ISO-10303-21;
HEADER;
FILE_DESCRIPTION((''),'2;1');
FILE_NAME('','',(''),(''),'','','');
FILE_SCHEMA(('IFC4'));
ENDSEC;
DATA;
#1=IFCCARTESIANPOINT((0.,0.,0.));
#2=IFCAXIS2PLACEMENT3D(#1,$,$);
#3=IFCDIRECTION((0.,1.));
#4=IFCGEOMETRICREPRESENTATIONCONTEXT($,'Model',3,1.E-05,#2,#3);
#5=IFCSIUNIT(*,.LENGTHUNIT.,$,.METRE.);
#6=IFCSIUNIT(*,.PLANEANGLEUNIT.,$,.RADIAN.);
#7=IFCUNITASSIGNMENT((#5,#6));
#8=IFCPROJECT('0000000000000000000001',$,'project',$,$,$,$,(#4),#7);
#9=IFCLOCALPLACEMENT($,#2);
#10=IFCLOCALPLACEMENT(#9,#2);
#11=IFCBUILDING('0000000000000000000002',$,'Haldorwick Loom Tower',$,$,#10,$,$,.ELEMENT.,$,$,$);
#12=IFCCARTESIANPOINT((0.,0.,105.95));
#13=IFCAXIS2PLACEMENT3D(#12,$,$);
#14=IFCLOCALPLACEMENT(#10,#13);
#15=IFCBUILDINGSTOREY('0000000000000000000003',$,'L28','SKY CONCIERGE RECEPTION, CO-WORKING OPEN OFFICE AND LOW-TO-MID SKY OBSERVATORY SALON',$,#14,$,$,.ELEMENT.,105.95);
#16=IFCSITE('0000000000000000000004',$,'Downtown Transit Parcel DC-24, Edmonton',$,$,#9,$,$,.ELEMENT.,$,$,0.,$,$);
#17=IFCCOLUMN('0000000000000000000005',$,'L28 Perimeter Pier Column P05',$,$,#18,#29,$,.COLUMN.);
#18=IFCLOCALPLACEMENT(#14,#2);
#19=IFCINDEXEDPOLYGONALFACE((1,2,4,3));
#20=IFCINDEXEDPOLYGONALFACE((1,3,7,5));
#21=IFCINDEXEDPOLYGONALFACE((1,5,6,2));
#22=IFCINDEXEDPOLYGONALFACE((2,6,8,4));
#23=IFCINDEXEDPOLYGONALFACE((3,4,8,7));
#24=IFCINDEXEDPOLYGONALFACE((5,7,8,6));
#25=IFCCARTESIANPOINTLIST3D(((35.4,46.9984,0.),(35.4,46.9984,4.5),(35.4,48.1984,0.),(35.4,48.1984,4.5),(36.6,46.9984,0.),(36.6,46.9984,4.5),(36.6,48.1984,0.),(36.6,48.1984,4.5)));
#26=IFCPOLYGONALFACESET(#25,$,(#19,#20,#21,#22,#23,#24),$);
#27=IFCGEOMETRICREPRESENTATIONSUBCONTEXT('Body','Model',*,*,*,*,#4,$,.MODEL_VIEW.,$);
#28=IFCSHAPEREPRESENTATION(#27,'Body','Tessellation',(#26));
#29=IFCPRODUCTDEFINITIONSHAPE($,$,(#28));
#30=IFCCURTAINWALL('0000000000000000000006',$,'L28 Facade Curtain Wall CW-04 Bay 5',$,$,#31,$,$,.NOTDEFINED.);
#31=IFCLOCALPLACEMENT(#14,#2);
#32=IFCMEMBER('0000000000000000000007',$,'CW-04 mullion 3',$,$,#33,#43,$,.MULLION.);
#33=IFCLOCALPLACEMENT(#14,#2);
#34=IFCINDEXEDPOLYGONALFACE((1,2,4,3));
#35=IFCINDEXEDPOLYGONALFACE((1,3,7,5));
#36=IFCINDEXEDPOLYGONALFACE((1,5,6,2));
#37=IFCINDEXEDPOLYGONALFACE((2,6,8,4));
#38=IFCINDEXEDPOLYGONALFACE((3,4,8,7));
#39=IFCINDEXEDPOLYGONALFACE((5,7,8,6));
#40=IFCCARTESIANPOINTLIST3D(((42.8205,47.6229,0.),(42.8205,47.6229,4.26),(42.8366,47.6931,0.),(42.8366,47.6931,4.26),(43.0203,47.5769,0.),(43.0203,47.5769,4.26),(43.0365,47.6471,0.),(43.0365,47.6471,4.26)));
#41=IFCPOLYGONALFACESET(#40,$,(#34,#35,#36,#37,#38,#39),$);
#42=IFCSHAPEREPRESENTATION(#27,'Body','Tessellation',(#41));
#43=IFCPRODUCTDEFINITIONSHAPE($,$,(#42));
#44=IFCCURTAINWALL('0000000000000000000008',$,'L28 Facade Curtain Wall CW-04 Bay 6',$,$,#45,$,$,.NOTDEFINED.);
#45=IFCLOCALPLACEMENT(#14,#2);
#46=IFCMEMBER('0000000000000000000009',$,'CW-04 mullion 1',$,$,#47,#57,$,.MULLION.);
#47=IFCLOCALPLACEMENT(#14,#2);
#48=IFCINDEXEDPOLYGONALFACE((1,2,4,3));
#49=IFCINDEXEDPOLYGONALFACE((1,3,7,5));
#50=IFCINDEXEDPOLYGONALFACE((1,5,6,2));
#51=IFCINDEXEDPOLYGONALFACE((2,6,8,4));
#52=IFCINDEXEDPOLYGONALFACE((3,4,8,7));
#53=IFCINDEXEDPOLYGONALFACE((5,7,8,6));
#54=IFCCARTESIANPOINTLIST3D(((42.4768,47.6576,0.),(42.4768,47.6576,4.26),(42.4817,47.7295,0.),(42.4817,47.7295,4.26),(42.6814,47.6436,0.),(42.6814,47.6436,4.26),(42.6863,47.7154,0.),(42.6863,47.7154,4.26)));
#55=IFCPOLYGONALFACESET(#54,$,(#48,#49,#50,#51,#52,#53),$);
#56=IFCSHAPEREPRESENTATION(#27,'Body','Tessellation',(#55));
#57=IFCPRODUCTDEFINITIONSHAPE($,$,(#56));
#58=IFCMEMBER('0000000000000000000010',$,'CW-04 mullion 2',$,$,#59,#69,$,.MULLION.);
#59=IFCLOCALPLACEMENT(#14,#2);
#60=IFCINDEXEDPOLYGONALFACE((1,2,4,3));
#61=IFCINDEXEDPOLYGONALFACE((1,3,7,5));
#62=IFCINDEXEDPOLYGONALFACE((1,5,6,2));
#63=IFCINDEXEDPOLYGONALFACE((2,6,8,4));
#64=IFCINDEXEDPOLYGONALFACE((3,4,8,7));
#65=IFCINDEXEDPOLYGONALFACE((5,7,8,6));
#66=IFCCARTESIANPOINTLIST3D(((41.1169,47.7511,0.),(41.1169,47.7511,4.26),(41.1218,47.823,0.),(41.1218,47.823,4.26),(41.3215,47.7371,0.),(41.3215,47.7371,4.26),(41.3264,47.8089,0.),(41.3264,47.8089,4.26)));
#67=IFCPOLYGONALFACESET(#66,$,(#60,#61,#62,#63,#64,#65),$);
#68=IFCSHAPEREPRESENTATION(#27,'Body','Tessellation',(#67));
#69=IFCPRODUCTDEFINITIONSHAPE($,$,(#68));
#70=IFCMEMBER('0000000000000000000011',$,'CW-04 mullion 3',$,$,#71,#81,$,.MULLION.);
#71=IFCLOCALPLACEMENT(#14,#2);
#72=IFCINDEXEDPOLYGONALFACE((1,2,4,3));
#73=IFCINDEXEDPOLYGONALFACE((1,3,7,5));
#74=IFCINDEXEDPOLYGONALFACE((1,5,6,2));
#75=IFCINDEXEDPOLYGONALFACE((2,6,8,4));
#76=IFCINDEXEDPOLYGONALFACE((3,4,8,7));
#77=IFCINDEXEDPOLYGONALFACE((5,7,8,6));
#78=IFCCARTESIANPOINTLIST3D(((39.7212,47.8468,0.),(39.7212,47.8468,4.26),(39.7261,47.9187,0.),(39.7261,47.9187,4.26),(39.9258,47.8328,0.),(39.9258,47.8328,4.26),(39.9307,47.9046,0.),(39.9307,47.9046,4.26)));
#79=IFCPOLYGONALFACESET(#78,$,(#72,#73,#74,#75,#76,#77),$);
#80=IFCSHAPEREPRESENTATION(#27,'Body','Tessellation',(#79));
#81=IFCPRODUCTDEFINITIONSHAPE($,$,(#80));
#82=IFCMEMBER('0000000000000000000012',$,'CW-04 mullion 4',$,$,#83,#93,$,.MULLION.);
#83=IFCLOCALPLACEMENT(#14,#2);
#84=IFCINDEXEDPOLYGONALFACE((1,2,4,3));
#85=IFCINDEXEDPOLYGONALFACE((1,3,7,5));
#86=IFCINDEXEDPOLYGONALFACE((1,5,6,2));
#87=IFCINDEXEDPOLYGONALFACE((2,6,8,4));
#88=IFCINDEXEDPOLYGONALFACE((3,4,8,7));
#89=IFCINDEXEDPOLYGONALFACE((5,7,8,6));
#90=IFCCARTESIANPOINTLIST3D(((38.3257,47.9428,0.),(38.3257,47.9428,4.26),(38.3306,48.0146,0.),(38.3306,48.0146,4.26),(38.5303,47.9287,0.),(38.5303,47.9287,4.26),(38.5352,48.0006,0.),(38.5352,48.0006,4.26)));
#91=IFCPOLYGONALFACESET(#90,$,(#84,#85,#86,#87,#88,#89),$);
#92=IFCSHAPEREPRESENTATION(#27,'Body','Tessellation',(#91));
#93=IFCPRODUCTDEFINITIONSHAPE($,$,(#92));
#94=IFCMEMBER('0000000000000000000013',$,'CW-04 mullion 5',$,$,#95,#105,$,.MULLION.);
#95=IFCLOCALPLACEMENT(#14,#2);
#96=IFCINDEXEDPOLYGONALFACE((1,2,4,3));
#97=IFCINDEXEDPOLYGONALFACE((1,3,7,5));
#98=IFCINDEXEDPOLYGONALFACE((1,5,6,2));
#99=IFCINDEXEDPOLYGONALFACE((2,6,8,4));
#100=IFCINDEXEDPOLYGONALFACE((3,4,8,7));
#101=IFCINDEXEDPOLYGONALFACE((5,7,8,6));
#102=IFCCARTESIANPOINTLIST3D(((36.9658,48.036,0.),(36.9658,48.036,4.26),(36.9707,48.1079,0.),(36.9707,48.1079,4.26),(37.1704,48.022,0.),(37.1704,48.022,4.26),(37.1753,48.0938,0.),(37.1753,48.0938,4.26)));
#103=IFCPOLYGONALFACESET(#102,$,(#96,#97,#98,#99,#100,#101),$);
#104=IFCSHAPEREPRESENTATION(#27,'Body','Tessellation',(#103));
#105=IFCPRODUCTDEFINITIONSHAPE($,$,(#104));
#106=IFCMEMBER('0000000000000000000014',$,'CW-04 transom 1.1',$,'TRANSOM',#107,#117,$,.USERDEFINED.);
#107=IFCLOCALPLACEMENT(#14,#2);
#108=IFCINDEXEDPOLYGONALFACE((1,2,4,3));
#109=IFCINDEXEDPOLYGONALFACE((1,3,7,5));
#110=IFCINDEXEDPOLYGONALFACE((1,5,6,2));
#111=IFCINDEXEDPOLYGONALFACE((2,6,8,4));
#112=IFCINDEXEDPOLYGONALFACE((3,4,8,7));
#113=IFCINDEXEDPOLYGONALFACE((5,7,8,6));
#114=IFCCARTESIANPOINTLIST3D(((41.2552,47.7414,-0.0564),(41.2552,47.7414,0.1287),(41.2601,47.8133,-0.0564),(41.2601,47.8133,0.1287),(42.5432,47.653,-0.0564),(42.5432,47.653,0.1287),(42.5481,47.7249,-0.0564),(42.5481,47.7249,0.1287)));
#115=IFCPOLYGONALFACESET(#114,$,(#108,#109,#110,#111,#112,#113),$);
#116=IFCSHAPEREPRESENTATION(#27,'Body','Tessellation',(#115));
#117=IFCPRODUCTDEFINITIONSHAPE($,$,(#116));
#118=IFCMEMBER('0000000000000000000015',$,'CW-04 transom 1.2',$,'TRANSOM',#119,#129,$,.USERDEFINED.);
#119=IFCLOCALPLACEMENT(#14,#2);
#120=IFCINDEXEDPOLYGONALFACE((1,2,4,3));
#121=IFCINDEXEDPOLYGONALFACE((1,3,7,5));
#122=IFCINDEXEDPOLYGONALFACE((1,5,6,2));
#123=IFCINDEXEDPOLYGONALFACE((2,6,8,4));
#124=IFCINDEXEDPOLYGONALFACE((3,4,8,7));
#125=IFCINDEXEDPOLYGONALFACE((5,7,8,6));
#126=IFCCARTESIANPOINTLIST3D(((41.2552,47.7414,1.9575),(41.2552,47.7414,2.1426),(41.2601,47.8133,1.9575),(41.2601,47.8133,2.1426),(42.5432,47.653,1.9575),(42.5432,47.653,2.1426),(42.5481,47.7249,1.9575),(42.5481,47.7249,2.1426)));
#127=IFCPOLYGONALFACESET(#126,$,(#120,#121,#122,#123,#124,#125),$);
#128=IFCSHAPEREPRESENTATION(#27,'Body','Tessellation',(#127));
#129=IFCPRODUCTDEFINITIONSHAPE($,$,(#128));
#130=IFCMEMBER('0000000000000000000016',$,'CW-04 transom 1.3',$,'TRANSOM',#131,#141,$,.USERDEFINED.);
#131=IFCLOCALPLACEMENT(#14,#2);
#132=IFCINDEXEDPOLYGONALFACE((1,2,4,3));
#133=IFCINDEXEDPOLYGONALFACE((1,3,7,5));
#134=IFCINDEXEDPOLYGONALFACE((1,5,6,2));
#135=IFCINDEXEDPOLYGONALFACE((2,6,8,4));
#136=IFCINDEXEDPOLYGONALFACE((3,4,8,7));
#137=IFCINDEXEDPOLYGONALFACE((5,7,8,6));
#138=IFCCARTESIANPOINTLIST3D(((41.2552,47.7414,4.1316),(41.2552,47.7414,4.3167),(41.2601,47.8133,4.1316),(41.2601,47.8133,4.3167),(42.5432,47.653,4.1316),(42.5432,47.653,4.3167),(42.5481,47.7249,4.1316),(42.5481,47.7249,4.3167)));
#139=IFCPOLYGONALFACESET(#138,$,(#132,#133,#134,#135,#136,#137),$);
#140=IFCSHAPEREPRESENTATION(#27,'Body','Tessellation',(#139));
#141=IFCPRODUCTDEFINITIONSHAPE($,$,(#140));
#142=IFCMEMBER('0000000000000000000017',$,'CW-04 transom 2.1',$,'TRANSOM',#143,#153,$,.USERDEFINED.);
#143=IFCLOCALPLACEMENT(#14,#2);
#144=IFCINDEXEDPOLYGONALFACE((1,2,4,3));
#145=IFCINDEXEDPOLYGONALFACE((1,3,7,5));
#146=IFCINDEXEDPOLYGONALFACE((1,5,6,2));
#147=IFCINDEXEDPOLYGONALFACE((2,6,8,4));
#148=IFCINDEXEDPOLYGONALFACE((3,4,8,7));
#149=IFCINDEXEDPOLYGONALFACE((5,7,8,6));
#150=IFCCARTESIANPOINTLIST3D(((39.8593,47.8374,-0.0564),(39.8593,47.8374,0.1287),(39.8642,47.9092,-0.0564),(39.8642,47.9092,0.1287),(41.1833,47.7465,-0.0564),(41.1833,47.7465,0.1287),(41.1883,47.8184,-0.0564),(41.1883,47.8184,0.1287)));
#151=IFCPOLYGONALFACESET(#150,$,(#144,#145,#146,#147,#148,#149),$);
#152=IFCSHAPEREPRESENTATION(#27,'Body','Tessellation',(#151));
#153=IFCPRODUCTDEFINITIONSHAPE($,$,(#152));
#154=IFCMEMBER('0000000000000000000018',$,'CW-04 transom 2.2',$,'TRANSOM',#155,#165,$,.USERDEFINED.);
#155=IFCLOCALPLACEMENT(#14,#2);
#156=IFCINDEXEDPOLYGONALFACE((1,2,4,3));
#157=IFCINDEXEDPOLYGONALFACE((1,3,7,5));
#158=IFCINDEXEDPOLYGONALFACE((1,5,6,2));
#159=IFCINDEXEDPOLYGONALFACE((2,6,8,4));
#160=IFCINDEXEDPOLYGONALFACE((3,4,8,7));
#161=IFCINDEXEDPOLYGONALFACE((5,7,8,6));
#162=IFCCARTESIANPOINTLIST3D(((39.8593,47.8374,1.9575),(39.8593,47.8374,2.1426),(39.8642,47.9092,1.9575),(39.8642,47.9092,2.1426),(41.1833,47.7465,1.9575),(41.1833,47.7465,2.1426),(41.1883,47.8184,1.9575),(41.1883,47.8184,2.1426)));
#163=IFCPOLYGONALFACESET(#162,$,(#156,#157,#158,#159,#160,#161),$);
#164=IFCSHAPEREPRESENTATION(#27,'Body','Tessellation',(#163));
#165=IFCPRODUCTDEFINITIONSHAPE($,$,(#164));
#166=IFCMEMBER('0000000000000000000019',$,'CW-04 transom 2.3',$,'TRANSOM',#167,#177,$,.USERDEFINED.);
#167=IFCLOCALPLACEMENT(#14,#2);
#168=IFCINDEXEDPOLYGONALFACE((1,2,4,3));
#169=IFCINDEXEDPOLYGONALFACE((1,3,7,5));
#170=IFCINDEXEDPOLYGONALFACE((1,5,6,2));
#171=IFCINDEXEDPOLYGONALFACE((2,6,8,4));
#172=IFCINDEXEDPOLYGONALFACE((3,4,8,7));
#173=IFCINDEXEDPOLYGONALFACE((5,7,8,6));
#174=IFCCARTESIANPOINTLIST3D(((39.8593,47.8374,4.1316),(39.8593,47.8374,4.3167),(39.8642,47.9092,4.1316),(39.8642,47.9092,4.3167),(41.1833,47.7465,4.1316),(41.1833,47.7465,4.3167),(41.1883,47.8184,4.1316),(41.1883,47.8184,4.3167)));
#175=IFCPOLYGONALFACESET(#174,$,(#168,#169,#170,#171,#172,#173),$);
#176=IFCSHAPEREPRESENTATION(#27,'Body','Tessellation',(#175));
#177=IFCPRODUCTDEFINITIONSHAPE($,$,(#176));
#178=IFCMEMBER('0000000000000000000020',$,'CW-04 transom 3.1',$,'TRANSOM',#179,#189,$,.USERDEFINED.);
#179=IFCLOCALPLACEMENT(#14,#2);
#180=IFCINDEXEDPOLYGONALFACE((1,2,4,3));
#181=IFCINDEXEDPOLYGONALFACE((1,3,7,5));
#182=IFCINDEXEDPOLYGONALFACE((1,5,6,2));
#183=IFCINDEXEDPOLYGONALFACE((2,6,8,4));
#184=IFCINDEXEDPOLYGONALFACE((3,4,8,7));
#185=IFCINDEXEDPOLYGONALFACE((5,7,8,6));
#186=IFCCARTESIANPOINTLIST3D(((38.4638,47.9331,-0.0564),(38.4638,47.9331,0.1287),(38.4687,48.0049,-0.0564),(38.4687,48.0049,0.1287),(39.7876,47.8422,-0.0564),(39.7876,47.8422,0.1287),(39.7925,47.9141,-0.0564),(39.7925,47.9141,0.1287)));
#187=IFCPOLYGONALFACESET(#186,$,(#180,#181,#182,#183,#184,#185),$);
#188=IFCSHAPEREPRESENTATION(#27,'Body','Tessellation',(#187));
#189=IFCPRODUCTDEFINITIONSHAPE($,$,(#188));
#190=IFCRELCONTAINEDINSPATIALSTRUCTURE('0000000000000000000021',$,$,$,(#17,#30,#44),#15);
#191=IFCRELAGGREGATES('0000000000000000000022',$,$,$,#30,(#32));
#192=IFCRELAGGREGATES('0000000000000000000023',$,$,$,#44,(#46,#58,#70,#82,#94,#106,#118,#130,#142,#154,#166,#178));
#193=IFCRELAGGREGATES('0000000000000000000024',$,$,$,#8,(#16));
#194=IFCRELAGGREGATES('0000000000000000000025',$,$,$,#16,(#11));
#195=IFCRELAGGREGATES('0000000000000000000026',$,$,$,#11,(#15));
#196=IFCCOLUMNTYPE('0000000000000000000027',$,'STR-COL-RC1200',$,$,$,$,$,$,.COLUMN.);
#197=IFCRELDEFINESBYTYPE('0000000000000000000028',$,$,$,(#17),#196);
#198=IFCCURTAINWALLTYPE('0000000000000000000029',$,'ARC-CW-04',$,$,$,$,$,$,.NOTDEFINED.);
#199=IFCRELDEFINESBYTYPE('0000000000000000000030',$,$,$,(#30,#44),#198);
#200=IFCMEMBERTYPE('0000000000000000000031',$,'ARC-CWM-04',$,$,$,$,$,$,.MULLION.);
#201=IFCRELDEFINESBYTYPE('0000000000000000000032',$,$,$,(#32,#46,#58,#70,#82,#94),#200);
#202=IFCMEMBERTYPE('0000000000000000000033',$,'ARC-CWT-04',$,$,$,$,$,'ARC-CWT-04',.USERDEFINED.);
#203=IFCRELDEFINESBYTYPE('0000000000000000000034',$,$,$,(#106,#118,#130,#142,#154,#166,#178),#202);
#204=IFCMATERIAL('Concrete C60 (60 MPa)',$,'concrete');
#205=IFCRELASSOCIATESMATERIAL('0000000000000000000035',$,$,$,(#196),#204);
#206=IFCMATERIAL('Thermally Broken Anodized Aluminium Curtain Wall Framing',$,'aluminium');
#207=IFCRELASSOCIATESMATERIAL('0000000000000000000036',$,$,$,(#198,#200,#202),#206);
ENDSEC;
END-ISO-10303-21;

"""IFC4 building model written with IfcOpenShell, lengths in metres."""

from ifc_helpers import new_model, si_unit, direction, frame, origin, origin_2d, place, context, subcontext, project, spatial, rectangle, extrude, material, material_profile, profile_set, type_object, element, aggregate, save


model = new_model("IFC4")

# Units and contexts
model_context = context("Model", 3, precision=1e-05, world=origin(), true_north=direction((0.0, 1.0)))
body_context = subcontext(model_context, "Body", "Model", "MODEL_VIEW")
ifc_project = project(units=[si_unit("LENGTHUNIT", "METRE"), si_unit("PLANEANGLEUNIT", "RADIAN")], contexts=[model_context])

# Site, building, storey
site_placement = place(None, origin())
site = spatial("IfcSite", under=ifc_project, at=site_placement, Name="Downtown Transit Parcel DC-24, Edmonton", CompositionType="ELEMENT", RefElevation=0.0)
building_placement = place(site_placement, origin())
building = spatial("IfcBuilding", under=site, at=building_placement, Name="Haldorwick Loom Tower", CompositionType="ELEMENT")
storey_placement = place(building_placement, frame((0.0, 0.0, 105.95)))
storey = spatial("IfcBuildingStorey", under=building, at=storey_placement, Name="L28", Description="SKY CONCIERGE RECEPTION, CO-WORKING OPEN OFFICE AND LOW-TO-MID SKY OBSERVATORY SALON", CompositionType="ELEMENT", Elevation=105.95)

# Column
ifc_material_1 = material(Name="Concrete C60 (60 MPa)", Category="concrete")
ifc_material_profile_1 = material_profile(ifc_material_1, rectangle(XDim=1.2, YDim=1.2, at=origin_2d()), Name="RC1200X1200", Category="concrete")
ifc_profile_set_1 = profile_set([ifc_material_profile_1], Name="Concrete C60 (60 MPa)")
column_type = type_object("IfcColumnType", Name="STR-COL-RC1200", PredefinedType="COLUMN", material=ifc_profile_set_1)
column_placement = place(storey_placement, frame((36.0, 47.5984, 0.0), z_axis=(0.0, 0.0, 1.0), x_axis=(0.0, 1.0, 0.0)))
element("IfcColumn", 1, at=column_placement, inside=storey, type_object=column_type, Name="L28 Perimeter Pier Column P05", PredefinedType="COLUMN", context=body_context, shape_type="SweptSolid", body=[
    extrude(rectangle(XDim=1.2, YDim=1.2, at=origin_2d()), origin(), (0.0, 0.0, 1.0), 4.5),
])

# Curtain wall, member
ifc_material_2 = material(Name="Thermally Broken Anodized Aluminium Curtain Wall Framing", Category="aluminium")
curtain_wall_type = type_object("IfcCurtainWallType", Name="ARC-CW-04", PredefinedType="NOTDEFINED", material=ifc_material_2)
curtain_wall_1_placement = place(storey_placement, origin())
curtain_wall_1 = element("IfcCurtainWall", 2, at=curtain_wall_1_placement, inside=storey, type_object=curtain_wall_type, Name="L28 Facade Curtain Wall CW-04 Bay 5", PredefinedType="NOTDEFINED")
ifc_material_profile_2 = material_profile(ifc_material_2, rectangle(XDim=0.072, YDim=0.2051, at=origin_2d()), Name="ALU_MUL_72X205", Category="aluminium")
ifc_profile_set_2 = profile_set([ifc_material_profile_2], Name="Thermally Broken Anodized Aluminium Curtain Wall Framing")
member_type_1 = type_object("IfcMemberType", Name="ARC-CWM-04", PredefinedType="MULLION", material=ifc_profile_set_2)
member_1_placement = place(storey_placement, frame((42.9285, 47.635, 0.0), z_axis=(0.0, 0.0, 1.0), x_axis=(-0.223981, -0.974593, 0.0)))
member_1 = element("IfcMember", 3, at=member_1_placement, type_object=member_type_1, Name="CW-04 mullion 3", PredefinedType="MULLION", context=body_context, shape_type="SweptSolid", body=[
    extrude(rectangle(XDim=0.072, YDim=0.2051, at=origin_2d()), origin(), (0.0, 0.0, 1.0), 4.26),
])

# Curtain wall, members
curtain_wall_2_placement = place(storey_placement, origin())
curtain_wall_2 = element("IfcCurtainWall", 4, at=curtain_wall_2_placement, inside=storey, type_object=curtain_wall_type, Name="L28 Facade Curtain Wall CW-04 Bay 6", PredefinedType="NOTDEFINED")
member_2_placement = place(storey_placement, frame((42.5815, 47.6865, 0.0), z_axis=(0.0, 0.0, 1.0), x_axis=(-0.068496, -0.997651, 0.0)))
member_2 = element("IfcMember", 5, at=member_2_placement, type_object=member_type_1, Name="CW-04 mullion 1", PredefinedType="MULLION", context=body_context, shape_type="SweptSolid", body=[
    extrude(rectangle(XDim=0.072, YDim=0.2051, at=origin_2d()), origin(), (0.0, 0.0, 1.0), 4.26),
])
member_3_placement = place(storey_placement, frame((41.2217, 47.78, 0.0), z_axis=(0.0, 0.0, 1.0), x_axis=(-0.068496, -0.997651, 0.0)))
member_3 = element("IfcMember", 6, at=member_3_placement, type_object=member_type_1, Name="CW-04 mullion 2", PredefinedType="MULLION", context=body_context, shape_type="SweptSolid", body=[
    extrude(rectangle(XDim=0.072, YDim=0.2051, at=origin_2d()), origin(), (0.0, 0.0, 1.0), 4.26),
])
member_4_placement = place(storey_placement, frame((39.8259, 47.8757, 0.0), z_axis=(0.0, 0.0, 1.0), x_axis=(-0.068496, -0.997651, 0.0)))
member_4 = element("IfcMember", 7, at=member_4_placement, type_object=member_type_1, Name="CW-04 mullion 3", PredefinedType="MULLION", context=body_context, shape_type="SweptSolid", body=[
    extrude(rectangle(XDim=0.072, YDim=0.2051, at=origin_2d()), origin(), (0.0, 0.0, 1.0), 4.26),
])
member_5_placement = place(storey_placement, frame((38.4304, 47.9717, 0.0), z_axis=(0.0, 0.0, 1.0), x_axis=(-0.068496, -0.997651, 0.0)))
member_5 = element("IfcMember", 8, at=member_5_placement, type_object=member_type_1, Name="CW-04 mullion 4", PredefinedType="MULLION", context=body_context, shape_type="SweptSolid", body=[
    extrude(rectangle(XDim=0.072, YDim=0.2051, at=origin_2d()), origin(), (0.0, 0.0, 1.0), 4.26),
])
member_6_placement = place(storey_placement, frame((37.0706, 48.0649, 0.0), z_axis=(0.0, 0.0, 1.0), x_axis=(-0.068496, -0.997651, 0.0)))
member_6 = element("IfcMember", 9, at=member_6_placement, type_object=member_type_1, Name="CW-04 mullion 5", PredefinedType="MULLION", context=body_context, shape_type="SweptSolid", body=[
    extrude(rectangle(XDim=0.072, YDim=0.2051, at=origin_2d()), origin(), (0.0, 0.0, 1.0), 4.26),
])
ifc_material_profile_3 = material_profile(ifc_material_2, rectangle(XDim=0.072, YDim=0.1851, at=origin_2d()), Name="ALU_TRN_72X185", Category="aluminium")
ifc_profile_set_3 = profile_set([ifc_material_profile_3], Name="Thermally Broken Anodized Aluminium Curtain Wall Framing")
member_type_2 = type_object("IfcMemberType", Name="ARC-CWT-04", ElementType="ARC-CWT-04", PredefinedType="USERDEFINED", material=ifc_profile_set_3)
member_7_placement = place(storey_placement, frame((42.5457, 47.689, 0.0361), z_axis=(-0.997654, 0.068452, 0.0), x_axis=(-0.068452, -0.997654, 0.0)))
member_7 = element("IfcMember", 10, at=member_7_placement, type_object=member_type_2, Name="CW-04 transom 1.1", ObjectType="TRANSOM", PredefinedType="USERDEFINED", context=body_context, shape_type="SweptSolid", body=[
    extrude(rectangle(XDim=0.072, YDim=0.1851, at=origin_2d()), origin(), (0.0, 0.0, 1.0), 1.291),
])
member_8_placement = place(storey_placement, frame((42.5457, 47.689, 2.05), z_axis=(-0.997654, 0.068452, 0.0), x_axis=(-0.068452, -0.997654, 0.0)))
member_8 = element("IfcMember", 11, at=member_8_placement, type_object=member_type_2, Name="CW-04 transom 1.2", ObjectType="TRANSOM", PredefinedType="USERDEFINED", context=body_context, shape_type="SweptSolid", body=[
    extrude(rectangle(XDim=0.072, YDim=0.1851, at=origin_2d()), origin(), (0.0, 0.0, 1.0), 1.291),
])
member_9_placement = place(storey_placement, frame((42.5457, 47.689, 4.2241), z_axis=(-0.997654, 0.068452, 0.0), x_axis=(-0.068452, -0.997654, 0.0)))
member_9 = element("IfcMember", 12, at=member_9_placement, type_object=member_type_2, Name="CW-04 transom 1.3", ObjectType="TRANSOM", PredefinedType="USERDEFINED", context=body_context, shape_type="SweptSolid", body=[
    extrude(rectangle(XDim=0.072, YDim=0.1851, at=origin_2d()), origin(), (0.0, 0.0, 1.0), 1.291),
])
member_10_placement = place(storey_placement, frame((41.1858, 47.7825, 0.0361), z_axis=(-0.997656, 0.068436, 0.0), x_axis=(-0.068436, -0.997656, 0.0)))
member_10 = element("IfcMember", 13, at=member_10_placement, type_object=member_type_2, Name="CW-04 transom 2.1", ObjectType="TRANSOM", PredefinedType="USERDEFINED", context=body_context, shape_type="SweptSolid", body=[
    extrude(rectangle(XDim=0.072, YDim=0.1851, at=origin_2d()), origin(), (0.0, 0.0, 1.0), 1.3271),
])
member_11_placement = place(storey_placement, frame((41.1858, 47.7825, 2.05), z_axis=(-0.997656, 0.068436, 0.0), x_axis=(-0.068436, -0.997656, 0.0)))
member_11 = element("IfcMember", 14, at=member_11_placement, type_object=member_type_2, Name="CW-04 transom 2.2", ObjectType="TRANSOM", PredefinedType="USERDEFINED", context=body_context, shape_type="SweptSolid", body=[
    extrude(rectangle(XDim=0.072, YDim=0.1851, at=origin_2d()), origin(), (0.0, 0.0, 1.0), 1.3271),
])
member_12_placement = place(storey_placement, frame((41.1858, 47.7825, 4.2241), z_axis=(-0.997656, 0.068436, 0.0), x_axis=(-0.068436, -0.997656, 0.0)))
member_12 = element("IfcMember", 15, at=member_12_placement, type_object=member_type_2, Name="CW-04 transom 2.3", ObjectType="TRANSOM", PredefinedType="USERDEFINED", context=body_context, shape_type="SweptSolid", body=[
    extrude(rectangle(XDim=0.072, YDim=0.1851, at=origin_2d()), origin(), (0.0, 0.0, 1.0), 1.3271),
])
member_13_placement = place(storey_placement, frame((39.79, 47.8782, 0.0361), z_axis=(-0.997655, 0.068448, 0.0), x_axis=(-0.068448, -0.997655, 0.0)))
member_13 = element("IfcMember", 16, at=member_13_placement, type_object=member_type_2, Name="CW-04 transom 3.1", ObjectType="TRANSOM", PredefinedType="USERDEFINED", context=body_context, shape_type="SweptSolid", body=[
    extrude(rectangle(XDim=0.072, YDim=0.1851, at=origin_2d()), origin(), (0.0, 0.0, 1.0), 1.3269),
])

aggregate(curtain_wall_1, [member_1])
aggregate(curtain_wall_2, [member_2, member_3, member_4, member_5, member_6, member_7, member_8, member_9, member_10, member_11, member_12, member_13])

save(model, "model.ifc")
